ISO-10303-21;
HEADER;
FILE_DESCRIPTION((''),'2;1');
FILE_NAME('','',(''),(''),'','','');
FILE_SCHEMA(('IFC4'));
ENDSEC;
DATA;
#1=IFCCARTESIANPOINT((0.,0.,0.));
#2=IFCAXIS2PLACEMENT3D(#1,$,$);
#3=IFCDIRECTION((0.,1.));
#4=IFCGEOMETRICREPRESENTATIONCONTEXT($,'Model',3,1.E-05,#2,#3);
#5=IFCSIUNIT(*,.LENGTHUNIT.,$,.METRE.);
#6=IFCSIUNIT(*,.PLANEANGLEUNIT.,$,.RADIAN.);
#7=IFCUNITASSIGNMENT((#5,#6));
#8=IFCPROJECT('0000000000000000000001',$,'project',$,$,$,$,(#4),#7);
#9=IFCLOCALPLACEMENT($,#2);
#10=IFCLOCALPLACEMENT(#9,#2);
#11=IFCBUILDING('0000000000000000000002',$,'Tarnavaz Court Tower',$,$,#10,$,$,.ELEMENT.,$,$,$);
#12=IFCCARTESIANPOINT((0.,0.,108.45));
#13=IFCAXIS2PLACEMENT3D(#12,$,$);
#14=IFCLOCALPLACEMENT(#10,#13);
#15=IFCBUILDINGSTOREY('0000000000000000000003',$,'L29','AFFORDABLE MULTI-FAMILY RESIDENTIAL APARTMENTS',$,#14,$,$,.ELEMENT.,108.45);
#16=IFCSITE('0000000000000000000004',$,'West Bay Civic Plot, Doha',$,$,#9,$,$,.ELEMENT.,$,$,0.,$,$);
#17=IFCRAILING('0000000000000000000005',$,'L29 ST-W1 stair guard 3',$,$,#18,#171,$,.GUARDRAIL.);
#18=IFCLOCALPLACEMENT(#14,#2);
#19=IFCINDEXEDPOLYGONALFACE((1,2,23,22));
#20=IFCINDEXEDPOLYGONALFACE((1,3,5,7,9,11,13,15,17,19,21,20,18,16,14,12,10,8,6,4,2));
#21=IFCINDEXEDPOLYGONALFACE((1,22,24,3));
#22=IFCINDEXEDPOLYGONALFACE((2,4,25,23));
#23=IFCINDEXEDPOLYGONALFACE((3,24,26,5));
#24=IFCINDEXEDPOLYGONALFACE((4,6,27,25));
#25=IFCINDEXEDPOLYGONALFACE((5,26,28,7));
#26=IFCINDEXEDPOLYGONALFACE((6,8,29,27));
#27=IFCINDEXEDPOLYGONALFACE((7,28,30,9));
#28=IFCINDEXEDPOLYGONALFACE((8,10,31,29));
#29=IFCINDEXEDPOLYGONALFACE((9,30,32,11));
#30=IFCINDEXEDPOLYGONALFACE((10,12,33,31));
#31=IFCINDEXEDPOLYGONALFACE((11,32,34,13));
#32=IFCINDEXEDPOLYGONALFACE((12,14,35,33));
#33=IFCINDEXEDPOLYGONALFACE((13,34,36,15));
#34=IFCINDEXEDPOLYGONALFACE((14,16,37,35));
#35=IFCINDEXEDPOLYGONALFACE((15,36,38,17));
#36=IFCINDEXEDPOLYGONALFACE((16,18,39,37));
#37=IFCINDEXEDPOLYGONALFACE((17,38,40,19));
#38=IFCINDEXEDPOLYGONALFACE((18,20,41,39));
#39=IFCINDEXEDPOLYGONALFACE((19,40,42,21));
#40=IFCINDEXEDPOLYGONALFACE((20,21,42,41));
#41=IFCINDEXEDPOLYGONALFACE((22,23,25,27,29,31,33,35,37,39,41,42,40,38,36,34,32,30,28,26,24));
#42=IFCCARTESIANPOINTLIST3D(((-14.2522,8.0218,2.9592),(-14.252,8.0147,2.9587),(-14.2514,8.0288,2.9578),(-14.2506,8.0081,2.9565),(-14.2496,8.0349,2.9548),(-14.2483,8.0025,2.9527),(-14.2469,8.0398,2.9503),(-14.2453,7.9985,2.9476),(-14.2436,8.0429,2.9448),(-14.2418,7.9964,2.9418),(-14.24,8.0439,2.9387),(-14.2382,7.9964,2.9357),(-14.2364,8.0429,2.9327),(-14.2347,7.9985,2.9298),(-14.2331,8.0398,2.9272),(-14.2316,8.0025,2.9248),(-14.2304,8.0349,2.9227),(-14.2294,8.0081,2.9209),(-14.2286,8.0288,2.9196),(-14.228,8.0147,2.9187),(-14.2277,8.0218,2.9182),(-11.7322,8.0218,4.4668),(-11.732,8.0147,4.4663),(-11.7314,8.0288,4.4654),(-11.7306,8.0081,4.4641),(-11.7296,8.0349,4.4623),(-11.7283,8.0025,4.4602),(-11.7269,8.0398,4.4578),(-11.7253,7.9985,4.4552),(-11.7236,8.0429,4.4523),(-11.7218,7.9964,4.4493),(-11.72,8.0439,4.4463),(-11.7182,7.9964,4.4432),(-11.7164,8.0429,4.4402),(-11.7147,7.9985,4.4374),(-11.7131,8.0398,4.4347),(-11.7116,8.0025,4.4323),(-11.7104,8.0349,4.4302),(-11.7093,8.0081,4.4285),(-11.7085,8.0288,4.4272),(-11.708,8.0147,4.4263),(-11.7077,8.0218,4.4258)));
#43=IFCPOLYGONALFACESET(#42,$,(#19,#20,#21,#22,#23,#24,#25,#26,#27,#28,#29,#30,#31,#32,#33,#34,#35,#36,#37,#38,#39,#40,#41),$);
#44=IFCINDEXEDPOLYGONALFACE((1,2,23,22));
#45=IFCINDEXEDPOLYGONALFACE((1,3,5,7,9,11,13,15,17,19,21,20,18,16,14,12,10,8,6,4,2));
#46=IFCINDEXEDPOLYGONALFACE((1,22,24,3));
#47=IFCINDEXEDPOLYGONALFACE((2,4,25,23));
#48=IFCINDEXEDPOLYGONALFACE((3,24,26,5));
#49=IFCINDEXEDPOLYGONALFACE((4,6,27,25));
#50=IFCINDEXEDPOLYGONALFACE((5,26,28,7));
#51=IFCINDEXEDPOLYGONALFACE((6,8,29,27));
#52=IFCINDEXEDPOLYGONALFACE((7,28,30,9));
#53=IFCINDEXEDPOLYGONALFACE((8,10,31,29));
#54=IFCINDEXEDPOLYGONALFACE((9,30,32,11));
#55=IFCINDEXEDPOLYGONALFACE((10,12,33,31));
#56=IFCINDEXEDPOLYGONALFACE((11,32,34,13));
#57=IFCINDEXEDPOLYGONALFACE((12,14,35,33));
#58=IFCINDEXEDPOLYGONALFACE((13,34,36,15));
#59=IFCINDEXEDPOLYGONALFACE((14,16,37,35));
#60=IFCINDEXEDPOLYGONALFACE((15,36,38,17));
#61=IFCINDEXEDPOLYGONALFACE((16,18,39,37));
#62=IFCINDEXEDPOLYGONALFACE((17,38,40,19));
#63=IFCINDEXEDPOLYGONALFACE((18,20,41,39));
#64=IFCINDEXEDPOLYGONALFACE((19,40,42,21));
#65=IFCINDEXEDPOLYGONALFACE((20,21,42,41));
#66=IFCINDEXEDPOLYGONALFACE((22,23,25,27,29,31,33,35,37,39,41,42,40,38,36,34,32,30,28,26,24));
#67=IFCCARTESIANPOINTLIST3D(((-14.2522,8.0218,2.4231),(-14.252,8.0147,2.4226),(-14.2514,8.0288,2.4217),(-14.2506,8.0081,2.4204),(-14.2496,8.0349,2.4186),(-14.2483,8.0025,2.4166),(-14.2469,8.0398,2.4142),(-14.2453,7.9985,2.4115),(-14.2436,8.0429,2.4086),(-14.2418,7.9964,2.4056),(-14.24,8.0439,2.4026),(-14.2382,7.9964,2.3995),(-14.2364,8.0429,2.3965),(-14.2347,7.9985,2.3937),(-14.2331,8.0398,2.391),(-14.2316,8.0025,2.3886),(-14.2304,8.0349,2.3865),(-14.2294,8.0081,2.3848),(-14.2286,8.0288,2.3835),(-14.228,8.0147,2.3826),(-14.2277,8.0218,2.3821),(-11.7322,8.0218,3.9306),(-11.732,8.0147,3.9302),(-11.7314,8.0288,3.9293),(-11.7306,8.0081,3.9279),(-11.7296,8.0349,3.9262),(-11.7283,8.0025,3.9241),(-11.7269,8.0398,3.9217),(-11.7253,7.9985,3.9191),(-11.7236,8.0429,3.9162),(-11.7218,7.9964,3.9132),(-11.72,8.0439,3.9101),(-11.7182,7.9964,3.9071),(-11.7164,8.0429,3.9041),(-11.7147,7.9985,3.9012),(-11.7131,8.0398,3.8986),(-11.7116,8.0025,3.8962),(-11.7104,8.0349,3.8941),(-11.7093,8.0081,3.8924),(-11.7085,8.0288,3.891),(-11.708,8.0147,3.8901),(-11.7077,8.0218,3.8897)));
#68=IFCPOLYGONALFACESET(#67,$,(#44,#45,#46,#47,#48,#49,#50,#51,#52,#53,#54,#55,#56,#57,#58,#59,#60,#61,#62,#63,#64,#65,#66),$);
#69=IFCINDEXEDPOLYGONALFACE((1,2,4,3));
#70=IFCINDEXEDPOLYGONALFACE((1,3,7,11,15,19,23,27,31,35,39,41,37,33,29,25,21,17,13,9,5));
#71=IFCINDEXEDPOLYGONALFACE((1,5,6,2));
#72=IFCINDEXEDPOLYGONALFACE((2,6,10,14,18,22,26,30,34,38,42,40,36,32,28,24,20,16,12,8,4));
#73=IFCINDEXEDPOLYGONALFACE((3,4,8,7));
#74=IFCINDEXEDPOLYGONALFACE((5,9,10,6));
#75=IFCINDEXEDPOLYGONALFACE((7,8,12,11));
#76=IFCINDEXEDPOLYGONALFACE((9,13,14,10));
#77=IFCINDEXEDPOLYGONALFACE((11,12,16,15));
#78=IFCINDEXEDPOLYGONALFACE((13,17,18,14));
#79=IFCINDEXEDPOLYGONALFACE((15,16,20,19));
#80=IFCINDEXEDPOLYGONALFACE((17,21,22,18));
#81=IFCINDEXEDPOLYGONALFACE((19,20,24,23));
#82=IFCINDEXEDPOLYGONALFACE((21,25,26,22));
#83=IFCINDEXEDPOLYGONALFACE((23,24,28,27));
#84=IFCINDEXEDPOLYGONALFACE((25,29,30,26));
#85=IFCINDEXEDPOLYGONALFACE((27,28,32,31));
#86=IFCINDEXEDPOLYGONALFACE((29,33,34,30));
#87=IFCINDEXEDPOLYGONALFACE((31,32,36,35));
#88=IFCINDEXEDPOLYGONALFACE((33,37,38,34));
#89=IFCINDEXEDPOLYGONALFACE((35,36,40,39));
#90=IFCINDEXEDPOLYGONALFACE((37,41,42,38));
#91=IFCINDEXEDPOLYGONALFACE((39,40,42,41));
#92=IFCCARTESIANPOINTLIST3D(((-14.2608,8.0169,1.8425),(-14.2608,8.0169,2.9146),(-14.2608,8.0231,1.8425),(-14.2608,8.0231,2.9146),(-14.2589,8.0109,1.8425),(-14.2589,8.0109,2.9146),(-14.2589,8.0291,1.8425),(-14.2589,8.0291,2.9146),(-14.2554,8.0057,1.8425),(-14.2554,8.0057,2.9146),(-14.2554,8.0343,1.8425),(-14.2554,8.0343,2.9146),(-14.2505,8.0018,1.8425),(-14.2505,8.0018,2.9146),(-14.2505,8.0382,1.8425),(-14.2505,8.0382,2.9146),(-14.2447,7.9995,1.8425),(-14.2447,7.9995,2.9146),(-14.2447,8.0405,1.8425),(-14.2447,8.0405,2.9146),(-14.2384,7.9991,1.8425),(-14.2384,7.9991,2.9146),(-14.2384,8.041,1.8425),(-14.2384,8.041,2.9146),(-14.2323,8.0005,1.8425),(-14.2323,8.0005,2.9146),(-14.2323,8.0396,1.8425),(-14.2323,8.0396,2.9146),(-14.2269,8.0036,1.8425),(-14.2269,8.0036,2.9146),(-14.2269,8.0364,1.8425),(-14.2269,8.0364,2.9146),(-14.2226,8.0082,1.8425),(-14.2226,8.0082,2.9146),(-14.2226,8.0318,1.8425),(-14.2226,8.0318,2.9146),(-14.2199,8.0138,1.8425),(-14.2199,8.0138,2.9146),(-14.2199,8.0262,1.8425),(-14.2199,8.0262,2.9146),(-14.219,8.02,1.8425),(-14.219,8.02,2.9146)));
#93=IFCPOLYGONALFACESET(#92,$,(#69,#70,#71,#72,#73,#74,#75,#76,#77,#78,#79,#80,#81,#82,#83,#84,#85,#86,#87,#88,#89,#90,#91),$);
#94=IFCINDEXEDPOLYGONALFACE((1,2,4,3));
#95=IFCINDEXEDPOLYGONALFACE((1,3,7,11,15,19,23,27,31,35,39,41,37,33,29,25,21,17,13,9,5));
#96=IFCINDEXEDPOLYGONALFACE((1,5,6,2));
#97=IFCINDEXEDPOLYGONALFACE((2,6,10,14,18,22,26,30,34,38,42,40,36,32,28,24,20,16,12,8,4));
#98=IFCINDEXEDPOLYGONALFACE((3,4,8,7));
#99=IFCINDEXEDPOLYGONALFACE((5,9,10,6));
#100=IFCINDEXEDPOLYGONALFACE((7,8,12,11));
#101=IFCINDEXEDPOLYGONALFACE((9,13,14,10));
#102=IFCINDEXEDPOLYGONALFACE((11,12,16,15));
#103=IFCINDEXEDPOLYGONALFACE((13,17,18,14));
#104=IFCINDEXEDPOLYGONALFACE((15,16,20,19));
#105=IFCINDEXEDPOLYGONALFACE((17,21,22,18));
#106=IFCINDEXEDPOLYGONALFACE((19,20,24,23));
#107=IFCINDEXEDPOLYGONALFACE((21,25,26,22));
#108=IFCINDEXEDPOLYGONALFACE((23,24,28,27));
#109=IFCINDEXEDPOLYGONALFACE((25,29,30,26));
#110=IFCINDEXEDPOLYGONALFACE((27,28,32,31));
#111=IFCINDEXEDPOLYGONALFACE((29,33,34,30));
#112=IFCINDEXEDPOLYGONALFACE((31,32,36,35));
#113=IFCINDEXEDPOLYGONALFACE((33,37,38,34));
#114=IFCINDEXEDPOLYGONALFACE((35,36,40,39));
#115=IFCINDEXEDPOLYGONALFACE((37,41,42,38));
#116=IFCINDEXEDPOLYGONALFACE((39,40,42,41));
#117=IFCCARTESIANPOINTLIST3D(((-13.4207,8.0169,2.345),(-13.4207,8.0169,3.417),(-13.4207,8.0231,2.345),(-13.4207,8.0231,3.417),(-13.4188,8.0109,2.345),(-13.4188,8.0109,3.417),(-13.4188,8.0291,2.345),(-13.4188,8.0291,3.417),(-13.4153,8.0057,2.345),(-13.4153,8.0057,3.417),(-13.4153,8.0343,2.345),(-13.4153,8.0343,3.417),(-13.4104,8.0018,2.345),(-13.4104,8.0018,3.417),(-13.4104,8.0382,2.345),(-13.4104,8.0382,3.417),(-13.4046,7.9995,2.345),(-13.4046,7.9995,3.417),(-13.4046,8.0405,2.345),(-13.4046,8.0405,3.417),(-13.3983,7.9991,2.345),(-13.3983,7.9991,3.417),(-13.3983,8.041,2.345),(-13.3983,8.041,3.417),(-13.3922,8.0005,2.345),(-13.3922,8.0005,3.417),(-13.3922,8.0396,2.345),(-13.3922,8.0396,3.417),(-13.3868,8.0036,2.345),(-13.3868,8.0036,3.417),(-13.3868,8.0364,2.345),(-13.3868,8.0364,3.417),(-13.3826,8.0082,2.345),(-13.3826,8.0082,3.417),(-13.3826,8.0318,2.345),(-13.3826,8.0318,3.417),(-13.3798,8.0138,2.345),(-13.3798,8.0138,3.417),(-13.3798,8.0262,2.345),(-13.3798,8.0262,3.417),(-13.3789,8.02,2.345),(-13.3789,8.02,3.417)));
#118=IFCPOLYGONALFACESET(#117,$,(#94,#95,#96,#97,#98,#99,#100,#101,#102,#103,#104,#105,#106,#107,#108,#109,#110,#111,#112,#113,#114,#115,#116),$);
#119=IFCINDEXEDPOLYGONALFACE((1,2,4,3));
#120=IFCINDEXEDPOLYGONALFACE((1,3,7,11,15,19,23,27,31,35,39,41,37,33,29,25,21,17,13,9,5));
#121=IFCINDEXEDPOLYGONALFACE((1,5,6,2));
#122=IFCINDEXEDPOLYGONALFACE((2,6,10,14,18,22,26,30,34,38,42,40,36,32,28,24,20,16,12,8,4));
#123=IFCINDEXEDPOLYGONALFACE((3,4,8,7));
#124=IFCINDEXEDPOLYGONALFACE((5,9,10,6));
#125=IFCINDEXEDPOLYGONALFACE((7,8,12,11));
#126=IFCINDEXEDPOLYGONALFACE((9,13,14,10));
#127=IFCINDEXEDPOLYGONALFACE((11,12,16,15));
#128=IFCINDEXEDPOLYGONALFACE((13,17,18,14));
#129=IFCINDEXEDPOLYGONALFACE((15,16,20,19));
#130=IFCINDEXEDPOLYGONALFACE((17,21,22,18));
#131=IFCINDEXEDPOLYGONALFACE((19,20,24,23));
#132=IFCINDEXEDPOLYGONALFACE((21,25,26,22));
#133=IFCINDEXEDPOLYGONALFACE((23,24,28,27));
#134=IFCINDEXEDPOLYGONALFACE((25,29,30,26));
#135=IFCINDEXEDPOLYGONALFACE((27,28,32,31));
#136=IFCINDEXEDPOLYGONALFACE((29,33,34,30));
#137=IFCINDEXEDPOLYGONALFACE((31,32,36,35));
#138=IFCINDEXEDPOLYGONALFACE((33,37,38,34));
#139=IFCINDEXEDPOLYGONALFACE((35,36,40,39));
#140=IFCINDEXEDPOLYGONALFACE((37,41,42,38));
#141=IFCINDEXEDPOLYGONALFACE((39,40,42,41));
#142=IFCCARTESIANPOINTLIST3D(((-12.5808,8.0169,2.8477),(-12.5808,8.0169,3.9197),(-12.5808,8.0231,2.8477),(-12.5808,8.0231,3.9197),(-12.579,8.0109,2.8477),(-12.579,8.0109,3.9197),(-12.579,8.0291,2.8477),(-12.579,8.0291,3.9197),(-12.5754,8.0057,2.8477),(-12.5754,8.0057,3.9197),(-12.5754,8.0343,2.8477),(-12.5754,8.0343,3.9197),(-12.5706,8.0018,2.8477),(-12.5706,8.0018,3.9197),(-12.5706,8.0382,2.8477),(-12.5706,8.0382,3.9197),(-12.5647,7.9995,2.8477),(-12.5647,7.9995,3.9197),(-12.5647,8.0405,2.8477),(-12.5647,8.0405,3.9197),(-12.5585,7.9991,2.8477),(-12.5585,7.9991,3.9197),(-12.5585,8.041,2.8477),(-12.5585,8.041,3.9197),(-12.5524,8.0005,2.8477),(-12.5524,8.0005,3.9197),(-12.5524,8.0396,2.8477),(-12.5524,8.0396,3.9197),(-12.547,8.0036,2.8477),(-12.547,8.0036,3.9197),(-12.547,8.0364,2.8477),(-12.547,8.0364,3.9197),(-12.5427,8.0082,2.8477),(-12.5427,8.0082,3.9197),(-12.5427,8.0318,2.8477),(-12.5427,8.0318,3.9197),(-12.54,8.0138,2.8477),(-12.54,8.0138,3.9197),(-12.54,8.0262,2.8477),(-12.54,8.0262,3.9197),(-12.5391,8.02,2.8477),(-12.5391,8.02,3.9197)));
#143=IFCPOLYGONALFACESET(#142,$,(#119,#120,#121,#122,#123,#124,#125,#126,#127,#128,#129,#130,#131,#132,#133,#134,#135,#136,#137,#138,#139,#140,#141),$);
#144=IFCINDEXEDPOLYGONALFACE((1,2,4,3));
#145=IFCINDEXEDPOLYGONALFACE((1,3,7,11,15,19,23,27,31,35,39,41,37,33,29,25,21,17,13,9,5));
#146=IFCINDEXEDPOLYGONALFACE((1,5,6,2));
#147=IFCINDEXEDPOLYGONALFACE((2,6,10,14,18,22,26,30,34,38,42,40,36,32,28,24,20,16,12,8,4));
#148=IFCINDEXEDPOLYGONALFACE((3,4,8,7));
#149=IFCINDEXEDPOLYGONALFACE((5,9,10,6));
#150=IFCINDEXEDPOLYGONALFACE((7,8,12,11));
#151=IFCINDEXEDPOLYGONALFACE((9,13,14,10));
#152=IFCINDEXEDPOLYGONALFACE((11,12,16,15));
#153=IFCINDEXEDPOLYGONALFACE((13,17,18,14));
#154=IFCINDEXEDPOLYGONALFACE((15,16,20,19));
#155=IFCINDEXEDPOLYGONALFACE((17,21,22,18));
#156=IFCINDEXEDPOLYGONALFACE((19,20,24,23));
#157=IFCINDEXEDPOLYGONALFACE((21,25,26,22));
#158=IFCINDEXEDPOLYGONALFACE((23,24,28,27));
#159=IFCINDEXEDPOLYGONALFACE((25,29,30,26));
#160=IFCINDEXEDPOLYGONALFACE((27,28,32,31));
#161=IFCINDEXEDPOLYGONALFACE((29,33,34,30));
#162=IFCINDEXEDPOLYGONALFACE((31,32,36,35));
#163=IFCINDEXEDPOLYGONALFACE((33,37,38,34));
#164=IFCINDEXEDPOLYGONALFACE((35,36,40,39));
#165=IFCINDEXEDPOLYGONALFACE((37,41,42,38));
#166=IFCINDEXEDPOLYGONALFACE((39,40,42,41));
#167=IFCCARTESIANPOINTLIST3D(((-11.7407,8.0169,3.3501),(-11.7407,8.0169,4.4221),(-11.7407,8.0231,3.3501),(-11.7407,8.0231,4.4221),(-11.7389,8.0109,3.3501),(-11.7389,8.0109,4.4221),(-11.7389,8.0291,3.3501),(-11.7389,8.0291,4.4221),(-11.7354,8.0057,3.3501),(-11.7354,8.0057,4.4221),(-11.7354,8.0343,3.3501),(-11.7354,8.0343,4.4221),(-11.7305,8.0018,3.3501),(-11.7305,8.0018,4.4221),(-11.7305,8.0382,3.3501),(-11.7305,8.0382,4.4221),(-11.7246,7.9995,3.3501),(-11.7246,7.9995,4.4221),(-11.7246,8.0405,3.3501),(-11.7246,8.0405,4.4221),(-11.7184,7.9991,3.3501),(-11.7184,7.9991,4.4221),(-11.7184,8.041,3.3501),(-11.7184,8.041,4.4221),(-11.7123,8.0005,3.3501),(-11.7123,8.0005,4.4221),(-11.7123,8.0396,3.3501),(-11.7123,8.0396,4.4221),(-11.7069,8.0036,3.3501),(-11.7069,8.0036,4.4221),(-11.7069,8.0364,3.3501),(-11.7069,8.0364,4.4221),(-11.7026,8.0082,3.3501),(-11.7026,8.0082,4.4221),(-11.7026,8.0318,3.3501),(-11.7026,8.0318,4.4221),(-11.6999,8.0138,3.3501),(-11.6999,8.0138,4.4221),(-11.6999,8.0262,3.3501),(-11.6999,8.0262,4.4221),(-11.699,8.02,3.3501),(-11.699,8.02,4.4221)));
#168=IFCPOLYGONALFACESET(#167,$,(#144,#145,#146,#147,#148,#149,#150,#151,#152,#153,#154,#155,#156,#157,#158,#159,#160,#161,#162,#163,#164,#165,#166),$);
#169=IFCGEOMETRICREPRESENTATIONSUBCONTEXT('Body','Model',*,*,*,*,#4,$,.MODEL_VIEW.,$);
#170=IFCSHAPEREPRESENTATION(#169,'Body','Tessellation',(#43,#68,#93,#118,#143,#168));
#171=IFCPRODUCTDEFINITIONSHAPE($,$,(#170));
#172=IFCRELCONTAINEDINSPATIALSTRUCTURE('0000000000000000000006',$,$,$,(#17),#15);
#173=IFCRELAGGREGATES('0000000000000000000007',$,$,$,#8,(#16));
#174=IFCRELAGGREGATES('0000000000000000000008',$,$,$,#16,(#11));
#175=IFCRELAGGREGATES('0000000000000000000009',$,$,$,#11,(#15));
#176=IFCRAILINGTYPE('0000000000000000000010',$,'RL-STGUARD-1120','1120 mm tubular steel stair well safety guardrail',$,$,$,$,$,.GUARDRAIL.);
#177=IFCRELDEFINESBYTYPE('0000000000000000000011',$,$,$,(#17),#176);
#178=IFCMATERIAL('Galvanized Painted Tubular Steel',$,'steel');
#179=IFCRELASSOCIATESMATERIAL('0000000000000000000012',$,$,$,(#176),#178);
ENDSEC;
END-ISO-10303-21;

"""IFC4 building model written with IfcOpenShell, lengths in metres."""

from ifc_helpers import new_model, si_unit, direction, frame, origin, origin_2d, place, context, subcontext, project, spatial, circle, extrude, material, type_object, element, save


model = new_model("IFC4")

# Units and contexts
model_context = context("Model", 3, precision=1e-05, world=origin(), true_north=direction((0.0, 1.0)))
body_context = subcontext(model_context, "Body", "Model", "MODEL_VIEW")
ifc_project = project(units=[si_unit("LENGTHUNIT", "METRE"), si_unit("PLANEANGLEUNIT", "RADIAN")], contexts=[model_context])

# Site, building, storey
site_placement = place(None, origin())
site = spatial("IfcSite", under=ifc_project, at=site_placement, Name="West Bay Civic Plot, Doha", CompositionType="ELEMENT", RefElevation=0.0)
building_placement = place(site_placement, origin())
building = spatial("IfcBuilding", under=site, at=building_placement, Name="Tarnavaz Court Tower", CompositionType="ELEMENT")
storey_placement = place(building_placement, frame((0.0, 0.0, 108.45)))
storey = spatial("IfcBuildingStorey", under=building, at=storey_placement, Name="L29", Description="AFFORDABLE MULTI-FAMILY RESIDENTIAL APARTMENTS", CompositionType="ELEMENT", Elevation=108.45)

# Railing
ifc_material_1 = material(Name="Galvanized Painted Tubular Steel", Category="steel")
railing_type_1 = type_object("IfcRailingType", Name="RL-STGUARD-1120", Description="1120 mm tubular steel stair well safety guardrail", PredefinedType="GUARDRAIL", material=ifc_material_1)
railing_1_placement = place(storey_placement, frame((-14.24, 8.02, 1.8425)))
element("IfcRailing", 1, at=railing_1_placement, inside=storey, type_object=railing_type_1, Name="L29 ST-W1 stair guard 3", PredefinedType="GUARDRAIL", context=body_context, shape_type="SweptSolid", body=[
    extrude(circle(Radius=0.0239, at=origin_2d()), frame((0.0, 0.0, 1.0962), z_axis=(0.85816, 0.0, 0.513383), x_axis=(0.0, 1.0, 0.0)), (0.0, 0.0, 1.0), 2.9365),
    extrude(circle(Radius=0.0239, at=origin_2d()), frame((0.0, 0.0, 0.5601), z_axis=(0.85816, 0.0, 0.513383), x_axis=(0.0, 1.0, 0.0)), (0.0, 0.0, 1.0), 2.9365),
    extrude(circle(Radius=0.021, at=origin_2d()), origin(), (0.0, 0.0, 1.0), 1.072),
    extrude(circle(Radius=0.021, at=origin_2d()), frame((0.8401, 0.0, 0.5024)), (0.0, 0.0, 1.0), 1.072),
    extrude(circle(Radius=0.021, at=origin_2d()), frame((1.6799, 0.0, 1.0051)), (0.0, 0.0, 1.0), 1.072),
    extrude(circle(Radius=0.021, at=origin_2d()), frame((2.52, 0.0, 1.5076)), (0.0, 0.0, 1.0), 1.072),
])

save(model, "model.ifc")
